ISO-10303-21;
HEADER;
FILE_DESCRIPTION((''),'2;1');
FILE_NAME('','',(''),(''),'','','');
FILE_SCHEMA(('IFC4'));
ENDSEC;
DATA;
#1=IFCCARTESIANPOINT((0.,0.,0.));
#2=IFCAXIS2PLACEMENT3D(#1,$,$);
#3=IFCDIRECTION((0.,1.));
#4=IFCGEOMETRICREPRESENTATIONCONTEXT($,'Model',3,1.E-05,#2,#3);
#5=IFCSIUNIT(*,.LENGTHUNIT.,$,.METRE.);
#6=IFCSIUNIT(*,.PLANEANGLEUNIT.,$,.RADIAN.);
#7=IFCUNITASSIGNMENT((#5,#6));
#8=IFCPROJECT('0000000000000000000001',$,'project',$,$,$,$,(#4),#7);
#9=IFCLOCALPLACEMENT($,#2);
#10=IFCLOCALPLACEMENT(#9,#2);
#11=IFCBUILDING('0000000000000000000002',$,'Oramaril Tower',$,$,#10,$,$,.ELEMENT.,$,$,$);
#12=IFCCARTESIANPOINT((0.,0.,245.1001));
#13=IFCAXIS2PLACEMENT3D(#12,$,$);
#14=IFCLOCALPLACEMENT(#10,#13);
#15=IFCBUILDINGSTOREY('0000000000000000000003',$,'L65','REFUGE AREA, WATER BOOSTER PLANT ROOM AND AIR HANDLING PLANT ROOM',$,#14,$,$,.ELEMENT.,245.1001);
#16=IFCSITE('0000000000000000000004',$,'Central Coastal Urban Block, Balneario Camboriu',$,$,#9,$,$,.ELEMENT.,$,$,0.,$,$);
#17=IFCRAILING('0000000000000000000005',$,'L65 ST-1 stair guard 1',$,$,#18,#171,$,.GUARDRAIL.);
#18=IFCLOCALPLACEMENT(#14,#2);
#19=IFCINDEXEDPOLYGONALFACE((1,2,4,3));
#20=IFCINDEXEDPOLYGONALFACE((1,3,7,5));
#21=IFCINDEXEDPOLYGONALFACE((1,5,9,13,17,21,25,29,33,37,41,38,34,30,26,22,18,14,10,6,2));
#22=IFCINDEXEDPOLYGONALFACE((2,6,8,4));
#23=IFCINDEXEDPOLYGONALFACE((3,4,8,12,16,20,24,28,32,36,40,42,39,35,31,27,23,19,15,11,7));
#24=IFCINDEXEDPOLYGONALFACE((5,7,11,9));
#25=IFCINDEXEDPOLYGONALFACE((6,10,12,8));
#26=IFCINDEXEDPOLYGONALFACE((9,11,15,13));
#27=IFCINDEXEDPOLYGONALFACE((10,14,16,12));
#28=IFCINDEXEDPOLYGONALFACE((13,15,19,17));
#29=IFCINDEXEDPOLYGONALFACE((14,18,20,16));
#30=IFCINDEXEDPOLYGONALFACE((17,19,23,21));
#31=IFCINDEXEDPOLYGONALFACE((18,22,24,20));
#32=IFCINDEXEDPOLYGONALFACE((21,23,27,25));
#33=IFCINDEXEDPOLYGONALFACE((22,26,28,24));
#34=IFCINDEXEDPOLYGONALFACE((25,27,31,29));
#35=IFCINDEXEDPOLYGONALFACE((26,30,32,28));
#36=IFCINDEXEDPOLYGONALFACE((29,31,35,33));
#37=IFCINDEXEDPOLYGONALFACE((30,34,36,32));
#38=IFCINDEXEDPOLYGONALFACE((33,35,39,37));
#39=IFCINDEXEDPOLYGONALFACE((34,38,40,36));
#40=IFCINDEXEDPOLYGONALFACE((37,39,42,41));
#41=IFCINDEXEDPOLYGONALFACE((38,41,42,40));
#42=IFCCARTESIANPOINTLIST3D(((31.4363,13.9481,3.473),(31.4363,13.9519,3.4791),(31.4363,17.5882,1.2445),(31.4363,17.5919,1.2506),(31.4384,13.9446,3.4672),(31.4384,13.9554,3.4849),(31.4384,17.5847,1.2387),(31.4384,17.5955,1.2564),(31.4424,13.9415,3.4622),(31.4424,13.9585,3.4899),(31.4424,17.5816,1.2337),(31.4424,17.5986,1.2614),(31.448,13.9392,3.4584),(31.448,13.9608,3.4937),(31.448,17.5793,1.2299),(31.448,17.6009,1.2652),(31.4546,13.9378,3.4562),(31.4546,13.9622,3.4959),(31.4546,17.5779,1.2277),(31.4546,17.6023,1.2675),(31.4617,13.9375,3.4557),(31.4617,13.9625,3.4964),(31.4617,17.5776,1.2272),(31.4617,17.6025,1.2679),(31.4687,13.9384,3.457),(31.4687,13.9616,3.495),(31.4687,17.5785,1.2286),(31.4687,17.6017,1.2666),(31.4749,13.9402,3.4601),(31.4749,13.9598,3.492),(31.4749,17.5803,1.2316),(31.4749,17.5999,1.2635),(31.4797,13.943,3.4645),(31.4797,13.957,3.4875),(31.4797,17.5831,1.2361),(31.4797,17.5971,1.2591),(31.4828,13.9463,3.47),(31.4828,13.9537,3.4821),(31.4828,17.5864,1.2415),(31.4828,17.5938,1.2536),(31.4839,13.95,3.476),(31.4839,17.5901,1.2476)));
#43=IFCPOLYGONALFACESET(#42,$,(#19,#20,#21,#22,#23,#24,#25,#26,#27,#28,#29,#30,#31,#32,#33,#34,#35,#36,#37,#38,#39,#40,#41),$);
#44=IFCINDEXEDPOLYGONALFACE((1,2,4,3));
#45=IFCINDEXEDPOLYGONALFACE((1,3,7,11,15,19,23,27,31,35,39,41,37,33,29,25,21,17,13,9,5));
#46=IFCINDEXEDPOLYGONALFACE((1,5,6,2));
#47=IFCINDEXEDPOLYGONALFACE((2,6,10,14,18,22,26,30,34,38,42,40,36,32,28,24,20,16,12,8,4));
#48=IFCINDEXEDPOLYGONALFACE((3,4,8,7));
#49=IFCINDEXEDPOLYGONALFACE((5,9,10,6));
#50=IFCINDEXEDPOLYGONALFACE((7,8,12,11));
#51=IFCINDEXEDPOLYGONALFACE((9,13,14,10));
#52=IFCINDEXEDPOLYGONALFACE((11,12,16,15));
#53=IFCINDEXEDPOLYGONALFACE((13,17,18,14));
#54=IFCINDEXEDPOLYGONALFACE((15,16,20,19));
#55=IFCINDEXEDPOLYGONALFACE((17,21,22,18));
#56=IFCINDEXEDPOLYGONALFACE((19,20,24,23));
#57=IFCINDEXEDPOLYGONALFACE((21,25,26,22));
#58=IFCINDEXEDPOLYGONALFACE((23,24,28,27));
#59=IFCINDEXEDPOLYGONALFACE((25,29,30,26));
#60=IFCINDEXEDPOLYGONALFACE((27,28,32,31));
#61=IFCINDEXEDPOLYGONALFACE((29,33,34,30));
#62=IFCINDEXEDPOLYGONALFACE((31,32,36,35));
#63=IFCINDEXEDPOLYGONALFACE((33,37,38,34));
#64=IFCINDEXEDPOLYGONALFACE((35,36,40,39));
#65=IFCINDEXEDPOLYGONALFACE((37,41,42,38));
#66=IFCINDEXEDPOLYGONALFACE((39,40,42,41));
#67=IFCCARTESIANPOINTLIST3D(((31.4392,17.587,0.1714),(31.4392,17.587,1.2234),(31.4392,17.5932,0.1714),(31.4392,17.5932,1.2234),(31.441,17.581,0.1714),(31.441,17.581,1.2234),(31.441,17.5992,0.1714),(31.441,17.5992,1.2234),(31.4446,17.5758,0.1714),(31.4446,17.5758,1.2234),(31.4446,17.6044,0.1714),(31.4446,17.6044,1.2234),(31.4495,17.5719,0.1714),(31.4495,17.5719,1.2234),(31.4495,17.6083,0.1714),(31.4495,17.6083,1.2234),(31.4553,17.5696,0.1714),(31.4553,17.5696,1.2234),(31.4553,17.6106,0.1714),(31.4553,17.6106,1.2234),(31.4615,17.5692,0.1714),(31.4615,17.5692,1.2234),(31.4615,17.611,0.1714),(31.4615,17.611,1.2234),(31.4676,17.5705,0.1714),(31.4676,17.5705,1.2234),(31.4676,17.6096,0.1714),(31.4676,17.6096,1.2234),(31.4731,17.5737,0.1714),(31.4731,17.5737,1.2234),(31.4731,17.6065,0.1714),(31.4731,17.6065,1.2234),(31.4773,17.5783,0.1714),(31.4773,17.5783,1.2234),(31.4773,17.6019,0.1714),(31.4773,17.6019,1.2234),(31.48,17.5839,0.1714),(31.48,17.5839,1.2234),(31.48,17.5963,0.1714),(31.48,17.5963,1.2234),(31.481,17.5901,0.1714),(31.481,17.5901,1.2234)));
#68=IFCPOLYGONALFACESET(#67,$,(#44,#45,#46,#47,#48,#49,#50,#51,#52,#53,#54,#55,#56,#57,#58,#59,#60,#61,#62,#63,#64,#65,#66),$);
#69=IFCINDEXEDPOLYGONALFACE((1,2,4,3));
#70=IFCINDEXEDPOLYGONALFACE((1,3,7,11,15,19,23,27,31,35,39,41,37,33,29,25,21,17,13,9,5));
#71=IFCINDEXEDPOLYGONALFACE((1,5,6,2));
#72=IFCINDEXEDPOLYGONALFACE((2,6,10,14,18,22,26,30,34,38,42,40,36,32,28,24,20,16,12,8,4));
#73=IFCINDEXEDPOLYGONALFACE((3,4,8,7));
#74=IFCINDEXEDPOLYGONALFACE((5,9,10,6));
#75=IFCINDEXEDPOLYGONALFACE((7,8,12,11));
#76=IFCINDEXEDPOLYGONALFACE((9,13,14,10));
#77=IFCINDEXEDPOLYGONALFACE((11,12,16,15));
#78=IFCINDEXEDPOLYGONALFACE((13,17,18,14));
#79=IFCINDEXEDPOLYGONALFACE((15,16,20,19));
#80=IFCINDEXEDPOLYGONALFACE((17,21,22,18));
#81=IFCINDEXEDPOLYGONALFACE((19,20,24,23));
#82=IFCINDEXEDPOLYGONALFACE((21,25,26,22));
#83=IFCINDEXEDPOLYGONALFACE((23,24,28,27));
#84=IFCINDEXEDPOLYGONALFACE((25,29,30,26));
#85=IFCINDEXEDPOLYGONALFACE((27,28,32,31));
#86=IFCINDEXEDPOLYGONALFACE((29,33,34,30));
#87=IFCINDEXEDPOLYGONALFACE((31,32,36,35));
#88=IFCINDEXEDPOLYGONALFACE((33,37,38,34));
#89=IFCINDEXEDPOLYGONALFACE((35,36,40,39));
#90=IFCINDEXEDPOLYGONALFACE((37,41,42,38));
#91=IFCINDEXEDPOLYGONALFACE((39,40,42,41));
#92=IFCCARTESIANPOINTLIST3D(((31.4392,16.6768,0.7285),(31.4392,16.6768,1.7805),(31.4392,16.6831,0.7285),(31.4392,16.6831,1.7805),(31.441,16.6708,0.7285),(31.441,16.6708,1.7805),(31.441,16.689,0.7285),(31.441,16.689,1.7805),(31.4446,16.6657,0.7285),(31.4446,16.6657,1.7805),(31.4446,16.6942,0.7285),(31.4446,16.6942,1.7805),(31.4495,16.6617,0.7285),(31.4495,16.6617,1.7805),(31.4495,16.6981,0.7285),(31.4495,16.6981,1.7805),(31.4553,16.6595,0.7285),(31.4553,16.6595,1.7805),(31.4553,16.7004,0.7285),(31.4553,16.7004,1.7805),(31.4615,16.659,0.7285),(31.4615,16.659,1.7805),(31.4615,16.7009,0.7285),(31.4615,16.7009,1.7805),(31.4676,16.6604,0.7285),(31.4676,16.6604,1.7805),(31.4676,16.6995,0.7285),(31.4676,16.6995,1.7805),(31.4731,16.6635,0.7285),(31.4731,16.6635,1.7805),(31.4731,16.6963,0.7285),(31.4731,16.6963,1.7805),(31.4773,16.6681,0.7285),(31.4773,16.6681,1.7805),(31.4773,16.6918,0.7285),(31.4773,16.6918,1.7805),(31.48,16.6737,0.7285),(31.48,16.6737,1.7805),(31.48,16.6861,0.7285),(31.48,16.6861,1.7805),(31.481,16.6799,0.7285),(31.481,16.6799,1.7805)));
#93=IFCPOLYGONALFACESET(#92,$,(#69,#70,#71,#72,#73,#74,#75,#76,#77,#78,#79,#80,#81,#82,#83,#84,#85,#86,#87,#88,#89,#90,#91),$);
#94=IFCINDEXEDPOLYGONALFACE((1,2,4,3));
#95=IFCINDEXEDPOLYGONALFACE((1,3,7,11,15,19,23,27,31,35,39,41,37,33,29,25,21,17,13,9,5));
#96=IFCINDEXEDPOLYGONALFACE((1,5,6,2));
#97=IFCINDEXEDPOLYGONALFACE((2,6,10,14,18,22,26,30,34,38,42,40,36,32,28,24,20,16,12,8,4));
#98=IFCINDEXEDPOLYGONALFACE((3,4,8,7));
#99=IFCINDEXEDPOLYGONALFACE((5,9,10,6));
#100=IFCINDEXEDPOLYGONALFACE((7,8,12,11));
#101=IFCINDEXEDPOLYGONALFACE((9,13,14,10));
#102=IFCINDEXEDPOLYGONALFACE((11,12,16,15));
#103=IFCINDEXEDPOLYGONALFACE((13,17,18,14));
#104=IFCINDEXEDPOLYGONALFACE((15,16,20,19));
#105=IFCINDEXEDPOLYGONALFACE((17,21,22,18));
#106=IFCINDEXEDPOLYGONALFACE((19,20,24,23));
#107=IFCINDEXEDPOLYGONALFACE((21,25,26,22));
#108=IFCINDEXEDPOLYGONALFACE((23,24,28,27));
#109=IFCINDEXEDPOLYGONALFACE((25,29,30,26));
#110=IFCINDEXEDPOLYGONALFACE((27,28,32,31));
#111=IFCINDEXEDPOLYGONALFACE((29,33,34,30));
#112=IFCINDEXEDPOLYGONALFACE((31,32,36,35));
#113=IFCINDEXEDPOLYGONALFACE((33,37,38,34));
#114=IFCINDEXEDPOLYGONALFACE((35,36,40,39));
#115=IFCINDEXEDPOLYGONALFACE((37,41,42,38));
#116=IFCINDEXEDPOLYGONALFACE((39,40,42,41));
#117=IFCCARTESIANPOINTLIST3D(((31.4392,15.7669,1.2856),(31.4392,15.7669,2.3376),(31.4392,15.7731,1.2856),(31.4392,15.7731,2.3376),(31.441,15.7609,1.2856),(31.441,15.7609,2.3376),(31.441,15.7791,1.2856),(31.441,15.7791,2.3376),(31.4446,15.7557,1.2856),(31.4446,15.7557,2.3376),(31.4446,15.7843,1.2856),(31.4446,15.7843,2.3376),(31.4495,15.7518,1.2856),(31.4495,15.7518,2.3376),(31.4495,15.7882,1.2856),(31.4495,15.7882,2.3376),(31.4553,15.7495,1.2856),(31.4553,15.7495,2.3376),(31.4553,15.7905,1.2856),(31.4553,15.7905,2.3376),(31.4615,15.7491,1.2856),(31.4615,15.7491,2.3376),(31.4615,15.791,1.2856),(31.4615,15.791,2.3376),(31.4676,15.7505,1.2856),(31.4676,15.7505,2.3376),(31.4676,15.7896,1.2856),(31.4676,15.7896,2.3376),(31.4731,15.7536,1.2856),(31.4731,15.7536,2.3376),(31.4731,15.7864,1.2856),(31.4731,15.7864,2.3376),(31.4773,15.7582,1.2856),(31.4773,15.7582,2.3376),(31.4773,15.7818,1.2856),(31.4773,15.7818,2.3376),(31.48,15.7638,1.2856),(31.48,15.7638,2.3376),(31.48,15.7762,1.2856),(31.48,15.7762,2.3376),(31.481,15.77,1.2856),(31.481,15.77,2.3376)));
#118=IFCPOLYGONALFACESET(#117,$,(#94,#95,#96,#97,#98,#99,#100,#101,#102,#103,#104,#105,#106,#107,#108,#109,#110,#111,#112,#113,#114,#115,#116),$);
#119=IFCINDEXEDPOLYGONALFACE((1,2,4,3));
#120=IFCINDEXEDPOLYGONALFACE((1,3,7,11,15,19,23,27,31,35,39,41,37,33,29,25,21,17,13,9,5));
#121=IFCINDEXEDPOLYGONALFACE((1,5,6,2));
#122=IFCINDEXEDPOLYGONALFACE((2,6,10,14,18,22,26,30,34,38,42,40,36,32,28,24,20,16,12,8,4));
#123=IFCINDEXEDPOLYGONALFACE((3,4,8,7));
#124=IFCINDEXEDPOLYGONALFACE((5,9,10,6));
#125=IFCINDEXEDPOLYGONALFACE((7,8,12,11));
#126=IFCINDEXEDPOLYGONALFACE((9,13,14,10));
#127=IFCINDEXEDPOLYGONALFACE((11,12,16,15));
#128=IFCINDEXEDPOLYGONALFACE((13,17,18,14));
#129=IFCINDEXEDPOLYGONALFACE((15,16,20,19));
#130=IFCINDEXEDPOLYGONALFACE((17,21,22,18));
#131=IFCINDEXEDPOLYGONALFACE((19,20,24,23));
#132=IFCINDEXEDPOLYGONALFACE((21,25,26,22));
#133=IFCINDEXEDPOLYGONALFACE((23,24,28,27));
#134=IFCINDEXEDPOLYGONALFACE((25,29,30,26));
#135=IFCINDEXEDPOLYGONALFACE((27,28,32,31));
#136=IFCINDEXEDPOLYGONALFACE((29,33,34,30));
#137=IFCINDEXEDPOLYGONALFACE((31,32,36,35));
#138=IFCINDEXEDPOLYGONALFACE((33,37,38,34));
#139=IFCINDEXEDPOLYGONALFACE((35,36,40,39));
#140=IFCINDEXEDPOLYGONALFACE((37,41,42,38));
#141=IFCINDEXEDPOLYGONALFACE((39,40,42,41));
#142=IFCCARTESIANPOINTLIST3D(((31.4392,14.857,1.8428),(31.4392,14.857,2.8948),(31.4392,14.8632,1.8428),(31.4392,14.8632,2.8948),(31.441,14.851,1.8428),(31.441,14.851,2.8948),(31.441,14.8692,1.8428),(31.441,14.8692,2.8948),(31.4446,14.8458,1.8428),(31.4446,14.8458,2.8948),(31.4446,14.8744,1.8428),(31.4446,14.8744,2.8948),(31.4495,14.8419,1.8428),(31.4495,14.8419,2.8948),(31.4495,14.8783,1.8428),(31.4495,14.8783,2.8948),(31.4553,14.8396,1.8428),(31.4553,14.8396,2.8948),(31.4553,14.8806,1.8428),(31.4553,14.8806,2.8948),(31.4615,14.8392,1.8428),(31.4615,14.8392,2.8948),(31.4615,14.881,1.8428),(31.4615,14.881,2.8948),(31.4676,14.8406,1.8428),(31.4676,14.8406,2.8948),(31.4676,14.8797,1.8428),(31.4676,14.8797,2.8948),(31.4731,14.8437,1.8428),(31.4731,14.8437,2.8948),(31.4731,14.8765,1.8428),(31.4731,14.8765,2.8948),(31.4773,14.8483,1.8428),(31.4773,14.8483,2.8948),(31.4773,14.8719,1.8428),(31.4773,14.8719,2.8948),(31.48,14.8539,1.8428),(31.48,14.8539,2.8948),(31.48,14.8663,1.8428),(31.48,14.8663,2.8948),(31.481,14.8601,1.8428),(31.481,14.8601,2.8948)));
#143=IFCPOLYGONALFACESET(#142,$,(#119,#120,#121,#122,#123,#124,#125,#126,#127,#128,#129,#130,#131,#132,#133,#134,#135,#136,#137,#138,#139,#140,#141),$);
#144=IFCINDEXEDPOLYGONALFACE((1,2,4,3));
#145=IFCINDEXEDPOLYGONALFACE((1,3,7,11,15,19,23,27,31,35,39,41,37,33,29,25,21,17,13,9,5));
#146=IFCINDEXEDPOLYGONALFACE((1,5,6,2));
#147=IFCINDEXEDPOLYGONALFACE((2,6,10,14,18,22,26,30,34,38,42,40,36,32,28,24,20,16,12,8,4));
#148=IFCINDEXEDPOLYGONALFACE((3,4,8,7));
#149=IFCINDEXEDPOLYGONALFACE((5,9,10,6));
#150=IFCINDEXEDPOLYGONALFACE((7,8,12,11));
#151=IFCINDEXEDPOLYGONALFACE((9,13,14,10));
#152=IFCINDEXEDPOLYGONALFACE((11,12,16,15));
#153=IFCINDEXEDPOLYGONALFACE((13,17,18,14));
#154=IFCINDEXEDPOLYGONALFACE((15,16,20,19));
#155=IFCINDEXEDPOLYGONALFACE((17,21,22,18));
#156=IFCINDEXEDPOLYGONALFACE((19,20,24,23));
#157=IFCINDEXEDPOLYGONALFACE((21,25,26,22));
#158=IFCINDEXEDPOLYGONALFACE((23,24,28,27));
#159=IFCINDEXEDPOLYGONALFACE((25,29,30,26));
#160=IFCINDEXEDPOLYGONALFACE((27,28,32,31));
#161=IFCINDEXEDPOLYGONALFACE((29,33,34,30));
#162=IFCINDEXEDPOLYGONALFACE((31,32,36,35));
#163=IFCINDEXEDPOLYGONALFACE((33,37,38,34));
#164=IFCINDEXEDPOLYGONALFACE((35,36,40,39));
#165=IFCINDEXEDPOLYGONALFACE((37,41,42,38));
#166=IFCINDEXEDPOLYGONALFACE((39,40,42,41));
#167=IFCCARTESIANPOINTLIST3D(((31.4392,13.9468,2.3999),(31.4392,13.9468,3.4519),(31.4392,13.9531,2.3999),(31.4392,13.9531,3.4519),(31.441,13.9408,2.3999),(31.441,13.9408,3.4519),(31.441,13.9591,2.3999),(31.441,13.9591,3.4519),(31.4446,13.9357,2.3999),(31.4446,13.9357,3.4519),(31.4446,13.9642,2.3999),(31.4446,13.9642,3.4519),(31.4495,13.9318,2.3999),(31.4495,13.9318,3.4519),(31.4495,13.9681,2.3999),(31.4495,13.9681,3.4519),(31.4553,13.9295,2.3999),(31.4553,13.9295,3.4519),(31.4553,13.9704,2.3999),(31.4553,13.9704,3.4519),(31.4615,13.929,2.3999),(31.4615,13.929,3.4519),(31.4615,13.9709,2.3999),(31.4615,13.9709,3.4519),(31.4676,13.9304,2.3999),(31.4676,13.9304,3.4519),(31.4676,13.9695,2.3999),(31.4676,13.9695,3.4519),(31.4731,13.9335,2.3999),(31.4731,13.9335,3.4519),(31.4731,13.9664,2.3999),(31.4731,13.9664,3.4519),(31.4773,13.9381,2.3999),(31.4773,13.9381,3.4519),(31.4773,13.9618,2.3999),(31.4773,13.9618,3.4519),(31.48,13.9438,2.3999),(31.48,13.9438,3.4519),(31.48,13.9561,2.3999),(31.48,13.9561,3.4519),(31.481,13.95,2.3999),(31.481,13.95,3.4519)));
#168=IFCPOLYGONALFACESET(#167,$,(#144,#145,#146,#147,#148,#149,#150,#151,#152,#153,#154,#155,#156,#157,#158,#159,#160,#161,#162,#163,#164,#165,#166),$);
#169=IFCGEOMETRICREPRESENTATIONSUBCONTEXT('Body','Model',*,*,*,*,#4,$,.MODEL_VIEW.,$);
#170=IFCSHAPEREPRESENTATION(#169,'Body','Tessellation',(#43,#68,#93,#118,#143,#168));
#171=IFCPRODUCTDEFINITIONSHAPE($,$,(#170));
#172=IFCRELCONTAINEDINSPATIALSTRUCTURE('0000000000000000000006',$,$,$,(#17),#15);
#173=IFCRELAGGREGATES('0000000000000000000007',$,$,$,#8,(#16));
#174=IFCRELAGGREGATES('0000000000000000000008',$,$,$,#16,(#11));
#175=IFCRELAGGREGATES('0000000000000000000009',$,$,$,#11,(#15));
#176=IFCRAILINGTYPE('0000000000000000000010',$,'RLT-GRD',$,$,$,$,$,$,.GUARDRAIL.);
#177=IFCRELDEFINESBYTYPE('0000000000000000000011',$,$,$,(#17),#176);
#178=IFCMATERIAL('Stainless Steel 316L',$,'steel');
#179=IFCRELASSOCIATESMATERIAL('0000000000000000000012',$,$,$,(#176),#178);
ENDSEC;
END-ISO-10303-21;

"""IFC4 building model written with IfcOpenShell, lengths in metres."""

from ifc_helpers import new_model, si_unit, direction, frame, origin, origin_2d, place, context, subcontext, project, spatial, circle, extrude, material, type_object, element, save


model = new_model("IFC4")

# Units and contexts
model_context = context("Model", 3, precision=1e-05, world=origin(), true_north=direction((0.0, 1.0)))
body_context = subcontext(model_context, "Body", "Model", "MODEL_VIEW")
ifc_project = project(units=[si_unit("LENGTHUNIT", "METRE"), si_unit("PLANEANGLEUNIT", "RADIAN")], contexts=[model_context])

# Site, building, storey
site_placement = place(None, origin())
site = spatial("IfcSite", under=ifc_project, at=site_placement, Name="Central Coastal Urban Block, Balneario Camboriu", CompositionType="ELEMENT", RefElevation=0.0)
building_placement = place(site_placement, origin())
building = spatial("IfcBuilding", under=site, at=building_placement, Name="Oramaril Tower", CompositionType="ELEMENT")
storey_placement = place(building_placement, frame((0.0, 0.0, 245.1001)))
storey = spatial("IfcBuildingStorey", under=building, at=storey_placement, Name="L65", Description="REFUGE AREA, WATER BOOSTER PLANT ROOM AND AIR HANDLING PLANT ROOM", CompositionType="ELEMENT", Elevation=245.1001)

# Railing
ifc_material_1 = material(Name="Stainless Steel 316L", Category="steel")
railing_type_1 = type_object("IfcRailingType", Name="RLT-GRD", PredefinedType="GUARDRAIL", material=ifc_material_1)
railing_1_placement = place(storey_placement, frame((31.46, 17.5901, 0.1714)))
element("IfcRailing", 1, at=railing_1_placement, inside=storey, type_object=railing_type_1, Name="L65 ST-1 stair guard 1", PredefinedType="GUARDRAIL", context=body_context, shape_type="SweptSolid", body=[
    extrude(circle(Radius=0.0239, at=origin_2d()), frame((0.0, 0.0, 1.0762), z_axis=(0.0, -0.852866, 0.52213), x_axis=(1.0, 0.0, 0.0)), (0.0, 0.0, 1.0), 4.2681),
    extrude(circle(Radius=0.021, at=origin_2d()), origin(), (0.0, 0.0, 1.0), 1.052),
    extrude(circle(Radius=0.021, at=origin_2d()), frame((0.0, -0.9102, 0.5571)), (0.0, 0.0, 1.0), 1.052),
    extrude(circle(Radius=0.021, at=origin_2d()), frame((0.0, -1.8201, 1.1143)), (0.0, 0.0, 1.0), 1.052),
    extrude(circle(Radius=0.021, at=origin_2d()), frame((0.0, -2.73, 1.6714)), (0.0, 0.0, 1.0), 1.052),
    extrude(circle(Radius=0.021, at=origin_2d()), frame((0.0, -3.6401, 2.2285)), (0.0, 0.0, 1.0), 1.052),
])

save(model, "model.ifc")
